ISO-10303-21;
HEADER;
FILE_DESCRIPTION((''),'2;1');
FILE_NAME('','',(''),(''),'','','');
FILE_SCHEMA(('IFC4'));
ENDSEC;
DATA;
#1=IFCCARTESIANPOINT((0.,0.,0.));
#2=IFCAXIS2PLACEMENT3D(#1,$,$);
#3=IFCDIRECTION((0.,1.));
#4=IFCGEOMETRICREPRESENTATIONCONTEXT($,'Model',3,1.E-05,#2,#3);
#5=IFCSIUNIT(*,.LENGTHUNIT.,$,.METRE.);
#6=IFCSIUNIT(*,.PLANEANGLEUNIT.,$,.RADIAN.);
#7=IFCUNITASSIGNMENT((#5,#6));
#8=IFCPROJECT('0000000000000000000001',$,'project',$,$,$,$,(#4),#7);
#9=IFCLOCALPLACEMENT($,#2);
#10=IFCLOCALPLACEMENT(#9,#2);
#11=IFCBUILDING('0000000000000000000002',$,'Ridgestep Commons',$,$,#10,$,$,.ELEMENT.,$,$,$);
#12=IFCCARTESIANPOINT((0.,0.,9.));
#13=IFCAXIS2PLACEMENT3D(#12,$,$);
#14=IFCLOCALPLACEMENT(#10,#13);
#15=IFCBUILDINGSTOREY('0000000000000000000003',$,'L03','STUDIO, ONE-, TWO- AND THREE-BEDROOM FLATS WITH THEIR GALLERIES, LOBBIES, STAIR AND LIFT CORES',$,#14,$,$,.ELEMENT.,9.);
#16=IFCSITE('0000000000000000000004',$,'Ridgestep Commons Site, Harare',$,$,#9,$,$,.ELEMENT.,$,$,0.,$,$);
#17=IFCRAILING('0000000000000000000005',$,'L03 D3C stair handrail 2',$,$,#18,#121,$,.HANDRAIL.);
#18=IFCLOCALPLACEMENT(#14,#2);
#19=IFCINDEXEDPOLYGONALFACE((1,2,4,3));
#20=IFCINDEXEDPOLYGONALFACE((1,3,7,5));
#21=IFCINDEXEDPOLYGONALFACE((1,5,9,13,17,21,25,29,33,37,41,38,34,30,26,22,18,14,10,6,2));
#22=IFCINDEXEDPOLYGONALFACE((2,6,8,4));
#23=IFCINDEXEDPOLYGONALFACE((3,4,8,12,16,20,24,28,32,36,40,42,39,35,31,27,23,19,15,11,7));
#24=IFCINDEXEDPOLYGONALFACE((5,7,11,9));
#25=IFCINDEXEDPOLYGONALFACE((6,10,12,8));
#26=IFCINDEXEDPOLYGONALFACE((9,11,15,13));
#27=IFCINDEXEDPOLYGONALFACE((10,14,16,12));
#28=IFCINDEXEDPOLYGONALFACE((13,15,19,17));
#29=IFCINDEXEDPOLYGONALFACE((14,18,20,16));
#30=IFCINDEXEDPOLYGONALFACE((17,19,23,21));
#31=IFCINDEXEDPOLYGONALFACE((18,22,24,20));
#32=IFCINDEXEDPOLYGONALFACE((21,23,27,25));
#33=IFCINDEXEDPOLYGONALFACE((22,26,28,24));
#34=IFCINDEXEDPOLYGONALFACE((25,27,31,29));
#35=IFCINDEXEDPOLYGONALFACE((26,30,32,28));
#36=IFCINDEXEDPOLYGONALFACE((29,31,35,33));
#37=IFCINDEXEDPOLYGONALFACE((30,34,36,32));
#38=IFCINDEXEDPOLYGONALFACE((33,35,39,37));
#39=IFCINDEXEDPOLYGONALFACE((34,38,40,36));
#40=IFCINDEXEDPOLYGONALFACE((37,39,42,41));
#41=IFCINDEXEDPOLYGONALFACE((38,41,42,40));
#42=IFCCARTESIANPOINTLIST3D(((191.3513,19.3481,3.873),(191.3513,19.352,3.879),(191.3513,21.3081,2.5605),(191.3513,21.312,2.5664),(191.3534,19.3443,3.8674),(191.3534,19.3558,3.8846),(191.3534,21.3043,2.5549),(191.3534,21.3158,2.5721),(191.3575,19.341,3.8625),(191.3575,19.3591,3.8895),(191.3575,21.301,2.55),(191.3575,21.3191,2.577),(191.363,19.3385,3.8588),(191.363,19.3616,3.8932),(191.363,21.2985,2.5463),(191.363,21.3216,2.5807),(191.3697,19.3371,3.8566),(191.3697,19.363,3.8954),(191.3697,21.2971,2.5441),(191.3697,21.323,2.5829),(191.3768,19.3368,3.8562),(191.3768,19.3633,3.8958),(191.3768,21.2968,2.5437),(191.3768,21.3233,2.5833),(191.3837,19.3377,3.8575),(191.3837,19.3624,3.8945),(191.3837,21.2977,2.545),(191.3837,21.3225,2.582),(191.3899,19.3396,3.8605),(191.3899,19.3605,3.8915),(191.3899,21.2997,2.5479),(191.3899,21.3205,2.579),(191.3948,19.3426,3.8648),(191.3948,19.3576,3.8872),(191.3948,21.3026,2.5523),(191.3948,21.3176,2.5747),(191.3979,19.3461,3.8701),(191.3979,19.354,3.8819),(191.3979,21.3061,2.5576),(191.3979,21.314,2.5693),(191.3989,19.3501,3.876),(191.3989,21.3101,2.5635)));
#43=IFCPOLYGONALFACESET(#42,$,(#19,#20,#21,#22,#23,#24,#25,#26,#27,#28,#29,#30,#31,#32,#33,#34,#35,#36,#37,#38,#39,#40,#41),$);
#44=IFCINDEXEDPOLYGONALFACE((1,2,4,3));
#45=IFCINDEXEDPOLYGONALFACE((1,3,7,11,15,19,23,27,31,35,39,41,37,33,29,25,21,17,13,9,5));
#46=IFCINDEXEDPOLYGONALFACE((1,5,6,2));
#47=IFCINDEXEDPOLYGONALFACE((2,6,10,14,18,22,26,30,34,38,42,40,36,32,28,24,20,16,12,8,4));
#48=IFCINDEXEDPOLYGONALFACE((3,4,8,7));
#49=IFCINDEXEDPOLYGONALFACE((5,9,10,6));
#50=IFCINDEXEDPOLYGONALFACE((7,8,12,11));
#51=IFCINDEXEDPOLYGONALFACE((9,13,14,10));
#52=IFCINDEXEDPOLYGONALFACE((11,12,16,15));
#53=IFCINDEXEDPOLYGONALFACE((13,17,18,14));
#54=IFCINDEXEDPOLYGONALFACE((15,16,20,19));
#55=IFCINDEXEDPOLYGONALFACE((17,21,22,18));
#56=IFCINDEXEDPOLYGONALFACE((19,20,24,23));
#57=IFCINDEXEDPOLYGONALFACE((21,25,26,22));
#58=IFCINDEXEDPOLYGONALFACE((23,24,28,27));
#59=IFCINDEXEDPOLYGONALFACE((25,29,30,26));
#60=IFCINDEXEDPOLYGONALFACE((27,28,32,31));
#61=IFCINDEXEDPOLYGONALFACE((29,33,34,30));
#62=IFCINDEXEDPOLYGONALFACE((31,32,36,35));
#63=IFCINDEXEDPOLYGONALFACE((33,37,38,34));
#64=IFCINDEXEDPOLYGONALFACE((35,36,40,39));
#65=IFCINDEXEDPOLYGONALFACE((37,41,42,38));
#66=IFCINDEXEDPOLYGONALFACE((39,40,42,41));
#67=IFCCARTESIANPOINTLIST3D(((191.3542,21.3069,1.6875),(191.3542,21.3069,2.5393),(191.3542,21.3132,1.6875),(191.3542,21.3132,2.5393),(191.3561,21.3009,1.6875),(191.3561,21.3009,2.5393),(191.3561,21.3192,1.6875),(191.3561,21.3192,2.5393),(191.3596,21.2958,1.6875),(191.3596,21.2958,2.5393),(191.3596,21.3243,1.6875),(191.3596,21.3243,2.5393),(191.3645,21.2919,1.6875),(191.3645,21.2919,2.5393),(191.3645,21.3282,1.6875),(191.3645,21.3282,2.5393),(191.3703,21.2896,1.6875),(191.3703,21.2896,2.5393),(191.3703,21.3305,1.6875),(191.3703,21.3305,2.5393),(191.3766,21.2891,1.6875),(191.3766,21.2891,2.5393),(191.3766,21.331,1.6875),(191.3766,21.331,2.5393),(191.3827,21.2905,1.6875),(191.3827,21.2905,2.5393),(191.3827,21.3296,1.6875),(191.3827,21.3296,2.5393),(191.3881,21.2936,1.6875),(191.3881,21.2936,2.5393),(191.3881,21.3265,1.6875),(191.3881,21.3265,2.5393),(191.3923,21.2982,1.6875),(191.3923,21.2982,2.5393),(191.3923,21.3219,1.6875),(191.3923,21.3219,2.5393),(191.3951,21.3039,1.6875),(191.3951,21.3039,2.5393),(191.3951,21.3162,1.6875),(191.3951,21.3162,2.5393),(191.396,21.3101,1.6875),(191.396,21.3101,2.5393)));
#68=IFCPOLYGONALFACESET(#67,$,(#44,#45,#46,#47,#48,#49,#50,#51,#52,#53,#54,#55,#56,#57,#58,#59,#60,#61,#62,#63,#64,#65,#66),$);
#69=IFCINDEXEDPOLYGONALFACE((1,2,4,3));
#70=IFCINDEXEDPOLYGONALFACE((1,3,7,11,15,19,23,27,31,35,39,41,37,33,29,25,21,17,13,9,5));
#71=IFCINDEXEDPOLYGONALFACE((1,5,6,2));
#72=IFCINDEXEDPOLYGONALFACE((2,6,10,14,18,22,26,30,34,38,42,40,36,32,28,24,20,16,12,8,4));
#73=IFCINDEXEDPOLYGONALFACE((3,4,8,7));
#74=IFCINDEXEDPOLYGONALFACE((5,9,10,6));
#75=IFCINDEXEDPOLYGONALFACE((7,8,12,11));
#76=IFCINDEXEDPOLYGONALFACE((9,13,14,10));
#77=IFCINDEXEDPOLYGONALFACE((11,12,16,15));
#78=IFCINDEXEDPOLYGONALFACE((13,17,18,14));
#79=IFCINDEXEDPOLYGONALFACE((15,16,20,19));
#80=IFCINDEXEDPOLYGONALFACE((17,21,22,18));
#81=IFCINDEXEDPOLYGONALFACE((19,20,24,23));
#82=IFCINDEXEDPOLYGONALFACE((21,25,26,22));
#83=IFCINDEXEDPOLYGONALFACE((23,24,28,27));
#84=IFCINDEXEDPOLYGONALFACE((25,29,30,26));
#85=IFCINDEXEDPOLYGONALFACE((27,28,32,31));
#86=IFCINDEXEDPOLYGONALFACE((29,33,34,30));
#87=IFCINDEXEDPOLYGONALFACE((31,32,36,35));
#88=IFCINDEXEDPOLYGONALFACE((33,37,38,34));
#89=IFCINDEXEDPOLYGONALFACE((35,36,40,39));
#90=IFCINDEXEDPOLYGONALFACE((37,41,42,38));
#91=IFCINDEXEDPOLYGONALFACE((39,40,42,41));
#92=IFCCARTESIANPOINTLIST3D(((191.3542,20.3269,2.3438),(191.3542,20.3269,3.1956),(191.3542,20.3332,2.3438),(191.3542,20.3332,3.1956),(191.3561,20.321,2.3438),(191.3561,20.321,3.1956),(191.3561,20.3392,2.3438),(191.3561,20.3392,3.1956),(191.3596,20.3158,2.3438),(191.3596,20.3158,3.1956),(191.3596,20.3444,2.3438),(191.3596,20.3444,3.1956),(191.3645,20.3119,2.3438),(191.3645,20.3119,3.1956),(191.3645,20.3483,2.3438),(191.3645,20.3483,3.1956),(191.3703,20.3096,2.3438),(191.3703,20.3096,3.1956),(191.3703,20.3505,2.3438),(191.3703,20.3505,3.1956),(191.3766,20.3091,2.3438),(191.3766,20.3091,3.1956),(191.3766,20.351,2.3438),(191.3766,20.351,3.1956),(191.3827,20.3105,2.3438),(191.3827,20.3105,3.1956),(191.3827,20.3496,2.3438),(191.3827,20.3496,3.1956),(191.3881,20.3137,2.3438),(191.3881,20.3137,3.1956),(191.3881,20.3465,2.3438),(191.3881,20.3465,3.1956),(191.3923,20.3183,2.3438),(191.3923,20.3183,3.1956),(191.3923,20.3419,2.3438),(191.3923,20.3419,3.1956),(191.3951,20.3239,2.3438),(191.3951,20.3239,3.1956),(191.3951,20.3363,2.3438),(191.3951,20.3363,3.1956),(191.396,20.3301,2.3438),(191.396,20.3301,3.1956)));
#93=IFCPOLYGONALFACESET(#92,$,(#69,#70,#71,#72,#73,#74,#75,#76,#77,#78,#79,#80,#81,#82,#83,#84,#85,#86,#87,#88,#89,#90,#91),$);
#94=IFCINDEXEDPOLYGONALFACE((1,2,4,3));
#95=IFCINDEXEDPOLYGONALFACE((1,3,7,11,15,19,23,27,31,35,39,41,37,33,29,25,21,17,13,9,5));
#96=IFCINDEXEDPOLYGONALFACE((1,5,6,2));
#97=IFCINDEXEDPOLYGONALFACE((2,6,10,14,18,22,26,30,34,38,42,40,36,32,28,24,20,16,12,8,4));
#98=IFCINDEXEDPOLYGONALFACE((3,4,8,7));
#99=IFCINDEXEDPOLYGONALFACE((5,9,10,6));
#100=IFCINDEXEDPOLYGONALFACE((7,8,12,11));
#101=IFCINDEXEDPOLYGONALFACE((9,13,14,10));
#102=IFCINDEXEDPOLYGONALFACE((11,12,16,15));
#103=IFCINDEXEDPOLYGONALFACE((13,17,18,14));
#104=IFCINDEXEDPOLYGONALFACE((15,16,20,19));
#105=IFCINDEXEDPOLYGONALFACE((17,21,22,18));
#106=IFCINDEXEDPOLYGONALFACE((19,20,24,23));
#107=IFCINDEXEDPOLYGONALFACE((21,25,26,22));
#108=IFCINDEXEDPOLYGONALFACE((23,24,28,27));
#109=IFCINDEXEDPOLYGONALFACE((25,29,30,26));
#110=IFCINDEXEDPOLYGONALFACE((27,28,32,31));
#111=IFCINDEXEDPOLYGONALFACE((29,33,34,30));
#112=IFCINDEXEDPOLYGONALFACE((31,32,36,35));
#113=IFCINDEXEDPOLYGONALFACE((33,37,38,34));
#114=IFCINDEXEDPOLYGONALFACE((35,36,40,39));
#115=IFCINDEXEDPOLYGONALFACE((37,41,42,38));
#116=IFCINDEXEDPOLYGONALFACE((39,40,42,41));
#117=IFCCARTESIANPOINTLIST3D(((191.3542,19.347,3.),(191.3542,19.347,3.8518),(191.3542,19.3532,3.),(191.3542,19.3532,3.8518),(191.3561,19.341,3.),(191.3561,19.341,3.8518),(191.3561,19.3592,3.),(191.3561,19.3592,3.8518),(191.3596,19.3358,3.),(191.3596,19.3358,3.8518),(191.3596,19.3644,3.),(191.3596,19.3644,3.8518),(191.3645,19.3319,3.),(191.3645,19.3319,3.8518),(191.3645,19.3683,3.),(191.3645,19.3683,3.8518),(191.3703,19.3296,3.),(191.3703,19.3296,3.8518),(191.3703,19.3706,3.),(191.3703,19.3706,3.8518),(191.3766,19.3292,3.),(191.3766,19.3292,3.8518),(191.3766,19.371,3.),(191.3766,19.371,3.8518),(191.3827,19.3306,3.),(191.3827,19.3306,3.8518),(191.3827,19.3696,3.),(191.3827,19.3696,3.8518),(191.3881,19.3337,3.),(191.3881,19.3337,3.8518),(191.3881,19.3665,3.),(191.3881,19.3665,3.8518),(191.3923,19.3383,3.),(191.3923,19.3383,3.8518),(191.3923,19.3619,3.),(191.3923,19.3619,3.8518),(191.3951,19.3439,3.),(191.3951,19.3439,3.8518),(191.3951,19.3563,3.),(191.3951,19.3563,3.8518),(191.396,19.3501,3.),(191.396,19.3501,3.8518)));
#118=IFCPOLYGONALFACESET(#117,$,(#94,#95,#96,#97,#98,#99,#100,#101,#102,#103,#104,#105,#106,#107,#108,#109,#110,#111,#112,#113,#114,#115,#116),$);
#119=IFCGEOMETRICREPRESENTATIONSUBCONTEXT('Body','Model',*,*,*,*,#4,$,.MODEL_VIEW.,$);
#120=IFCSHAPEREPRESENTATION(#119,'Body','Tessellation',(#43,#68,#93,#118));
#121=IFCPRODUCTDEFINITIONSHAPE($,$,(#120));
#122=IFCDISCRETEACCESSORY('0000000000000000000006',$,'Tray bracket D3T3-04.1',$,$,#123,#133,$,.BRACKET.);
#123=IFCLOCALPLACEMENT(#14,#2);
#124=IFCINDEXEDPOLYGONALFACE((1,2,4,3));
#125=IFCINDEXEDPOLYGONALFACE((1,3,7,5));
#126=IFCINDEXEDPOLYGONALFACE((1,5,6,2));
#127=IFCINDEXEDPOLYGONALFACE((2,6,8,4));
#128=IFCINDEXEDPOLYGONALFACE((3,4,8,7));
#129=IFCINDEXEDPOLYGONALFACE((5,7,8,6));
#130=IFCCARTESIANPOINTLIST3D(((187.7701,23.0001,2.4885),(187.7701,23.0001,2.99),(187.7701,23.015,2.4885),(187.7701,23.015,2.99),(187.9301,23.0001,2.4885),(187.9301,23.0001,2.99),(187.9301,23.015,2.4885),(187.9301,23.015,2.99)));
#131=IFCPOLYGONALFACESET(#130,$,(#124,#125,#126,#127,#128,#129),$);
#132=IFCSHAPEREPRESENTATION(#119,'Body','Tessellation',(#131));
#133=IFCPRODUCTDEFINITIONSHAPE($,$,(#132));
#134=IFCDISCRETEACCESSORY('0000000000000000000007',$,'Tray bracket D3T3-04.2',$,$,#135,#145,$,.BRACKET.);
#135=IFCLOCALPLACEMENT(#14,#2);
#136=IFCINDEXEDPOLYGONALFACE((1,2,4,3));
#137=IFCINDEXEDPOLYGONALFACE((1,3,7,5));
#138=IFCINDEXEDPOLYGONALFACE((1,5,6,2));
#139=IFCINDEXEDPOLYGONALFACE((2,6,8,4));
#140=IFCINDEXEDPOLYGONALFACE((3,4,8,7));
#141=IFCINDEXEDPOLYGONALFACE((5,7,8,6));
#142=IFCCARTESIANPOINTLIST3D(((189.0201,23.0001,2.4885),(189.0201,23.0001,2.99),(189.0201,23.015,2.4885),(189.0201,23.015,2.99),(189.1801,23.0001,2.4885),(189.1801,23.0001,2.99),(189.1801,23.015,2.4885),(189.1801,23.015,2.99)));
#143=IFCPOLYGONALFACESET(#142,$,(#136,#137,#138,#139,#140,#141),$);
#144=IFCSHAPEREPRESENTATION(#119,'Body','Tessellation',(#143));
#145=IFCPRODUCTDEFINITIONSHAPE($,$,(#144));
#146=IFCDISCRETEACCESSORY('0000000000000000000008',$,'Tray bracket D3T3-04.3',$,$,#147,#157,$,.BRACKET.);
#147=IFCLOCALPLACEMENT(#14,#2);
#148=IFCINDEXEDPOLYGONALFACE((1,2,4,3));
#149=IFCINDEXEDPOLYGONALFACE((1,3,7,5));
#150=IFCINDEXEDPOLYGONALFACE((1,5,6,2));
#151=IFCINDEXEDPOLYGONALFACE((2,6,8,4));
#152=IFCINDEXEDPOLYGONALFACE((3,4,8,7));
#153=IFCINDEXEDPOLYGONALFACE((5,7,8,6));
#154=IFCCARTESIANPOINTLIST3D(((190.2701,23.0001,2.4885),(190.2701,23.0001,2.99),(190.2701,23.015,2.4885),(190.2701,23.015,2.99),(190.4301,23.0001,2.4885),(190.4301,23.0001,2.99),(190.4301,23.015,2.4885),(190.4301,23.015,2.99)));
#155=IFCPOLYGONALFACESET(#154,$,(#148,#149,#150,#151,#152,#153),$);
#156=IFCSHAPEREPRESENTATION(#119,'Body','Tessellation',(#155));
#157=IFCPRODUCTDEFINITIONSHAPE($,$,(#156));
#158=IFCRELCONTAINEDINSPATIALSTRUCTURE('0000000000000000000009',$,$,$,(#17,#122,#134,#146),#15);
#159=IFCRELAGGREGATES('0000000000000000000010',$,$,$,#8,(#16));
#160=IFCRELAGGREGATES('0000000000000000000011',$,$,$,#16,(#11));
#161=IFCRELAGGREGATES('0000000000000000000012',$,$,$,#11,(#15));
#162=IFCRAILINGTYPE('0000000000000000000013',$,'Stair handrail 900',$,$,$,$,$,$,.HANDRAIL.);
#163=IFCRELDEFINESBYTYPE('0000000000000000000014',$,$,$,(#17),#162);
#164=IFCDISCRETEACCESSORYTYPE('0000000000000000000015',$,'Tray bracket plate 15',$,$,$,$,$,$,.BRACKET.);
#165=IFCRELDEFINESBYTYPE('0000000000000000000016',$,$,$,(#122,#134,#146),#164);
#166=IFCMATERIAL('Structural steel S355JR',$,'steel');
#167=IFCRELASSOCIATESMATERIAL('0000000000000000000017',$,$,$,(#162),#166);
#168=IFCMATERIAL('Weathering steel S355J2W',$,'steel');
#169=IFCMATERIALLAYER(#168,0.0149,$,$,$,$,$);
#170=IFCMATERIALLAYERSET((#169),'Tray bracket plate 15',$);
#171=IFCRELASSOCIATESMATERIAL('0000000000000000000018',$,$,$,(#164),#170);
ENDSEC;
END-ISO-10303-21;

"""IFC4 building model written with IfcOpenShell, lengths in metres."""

from ifc_helpers import new_model, si_unit, direction, frame, origin, origin_2d, place, context, subcontext, project, spatial, rectangle, circle, extrude, material, layer, layer_set, type_object, element, save


model = new_model("IFC4")

# Units and contexts
model_context = context("Model", 3, precision=1e-05, world=origin(), true_north=direction((0.0, 1.0)))
body_context = subcontext(model_context, "Body", "Model", "MODEL_VIEW")
ifc_project = project(units=[si_unit("LENGTHUNIT", "METRE"), si_unit("PLANEANGLEUNIT", "RADIAN")], contexts=[model_context])

# Site, building, storey
site_placement = place(None, origin())
site = spatial("IfcSite", under=ifc_project, at=site_placement, Name="Ridgestep Commons Site, Harare", CompositionType="ELEMENT", RefElevation=0.0)
building_placement = place(site_placement, origin())
building = spatial("IfcBuilding", under=site, at=building_placement, Name="Ridgestep Commons", CompositionType="ELEMENT")
storey_placement = place(building_placement, frame((0.0, 0.0, 9.0)))
storey = spatial("IfcBuildingStorey", under=building, at=storey_placement, Name="L03", Description="STUDIO, ONE-, TWO- AND THREE-BEDROOM FLATS WITH THEIR GALLERIES, LOBBIES, STAIR AND LIFT CORES", CompositionType="ELEMENT", Elevation=9.0)

# Railing
ifc_material_1 = material(Name="Structural steel S355JR", Category="steel")
railing_type = type_object("IfcRailingType", Name="Stair handrail 900", PredefinedType="HANDRAIL", material=ifc_material_1)
railing_placement = place(storey_placement, frame((191.375, 21.3101, 1.6875)))
element("IfcRailing", 1, at=railing_placement, inside=storey, type_object=railing_type, Name="L03 D3C stair handrail 2", PredefinedType="HANDRAIL", context=body_context, shape_type="SweptSolid", body=[
    extrude(circle(Radius=0.0239, at=origin_2d()), frame((0.0, 0.0, 0.876), z_axis=(0.0, -0.830902, 0.556419), x_axis=(1.0, 0.0, 0.0)), (0.0, 0.0, 1.0), 2.3589),
    extrude(circle(Radius=0.021, at=origin_2d()), origin(), (0.0, 0.0, 1.0), 0.8518),
    extrude(circle(Radius=0.021, at=origin_2d()), frame((0.0, -0.98, 0.6562)), (0.0, 0.0, 1.0), 0.8518),
    extrude(circle(Radius=0.021, at=origin_2d()), frame((0.0, -1.96, 1.3125)), (0.0, 0.0, 1.0), 0.8518),
])

# Discrete accessories
ifc_material_2 = material(Name="Weathering steel S355J2W", Category="steel")
ifc_layer_1 = layer(ifc_material_2, 0.0149)
ifc_layer_set_1 = layer_set([ifc_layer_1], Name="Tray bracket plate 15")
discrete_accessory_type = type_object("IfcDiscreteAccessoryType", Name="Tray bracket plate 15", PredefinedType="BRACKET", material=ifc_layer_set_1)
for number, where, z_axis, x_axis, name in (
    (2, (187.8501, 23.0076, 2.4885), (0.0, 0.0, 1.0), (1.0, 0.0, 0.0), "Tray bracket D3T3-04.1"),
    (3, (189.1001, 23.0076, 2.4885), (0.0, 0.0, 1.0), (1.0, 0.0, 0.0), "Tray bracket D3T3-04.2"),
    (4, (190.3501, 23.0076, 2.4885), (0.0, 0.0, 1.0), (1.0, 0.0, 0.0), "Tray bracket D3T3-04.3"),
):
    element("IfcDiscreteAccessory", number, at=place(storey_placement, frame(where, z_axis=z_axis, x_axis=x_axis)), inside=storey, type_object=discrete_accessory_type, Name=name, PredefinedType="BRACKET", context=body_context, shape_type="SweptSolid", body=[
        extrude(rectangle(XDim=0.1599, YDim=0.0149, at=origin_2d()), origin(), (0.0, 0.0, 1.0), 0.5015),
    ])

save(model, "model.ifc")
